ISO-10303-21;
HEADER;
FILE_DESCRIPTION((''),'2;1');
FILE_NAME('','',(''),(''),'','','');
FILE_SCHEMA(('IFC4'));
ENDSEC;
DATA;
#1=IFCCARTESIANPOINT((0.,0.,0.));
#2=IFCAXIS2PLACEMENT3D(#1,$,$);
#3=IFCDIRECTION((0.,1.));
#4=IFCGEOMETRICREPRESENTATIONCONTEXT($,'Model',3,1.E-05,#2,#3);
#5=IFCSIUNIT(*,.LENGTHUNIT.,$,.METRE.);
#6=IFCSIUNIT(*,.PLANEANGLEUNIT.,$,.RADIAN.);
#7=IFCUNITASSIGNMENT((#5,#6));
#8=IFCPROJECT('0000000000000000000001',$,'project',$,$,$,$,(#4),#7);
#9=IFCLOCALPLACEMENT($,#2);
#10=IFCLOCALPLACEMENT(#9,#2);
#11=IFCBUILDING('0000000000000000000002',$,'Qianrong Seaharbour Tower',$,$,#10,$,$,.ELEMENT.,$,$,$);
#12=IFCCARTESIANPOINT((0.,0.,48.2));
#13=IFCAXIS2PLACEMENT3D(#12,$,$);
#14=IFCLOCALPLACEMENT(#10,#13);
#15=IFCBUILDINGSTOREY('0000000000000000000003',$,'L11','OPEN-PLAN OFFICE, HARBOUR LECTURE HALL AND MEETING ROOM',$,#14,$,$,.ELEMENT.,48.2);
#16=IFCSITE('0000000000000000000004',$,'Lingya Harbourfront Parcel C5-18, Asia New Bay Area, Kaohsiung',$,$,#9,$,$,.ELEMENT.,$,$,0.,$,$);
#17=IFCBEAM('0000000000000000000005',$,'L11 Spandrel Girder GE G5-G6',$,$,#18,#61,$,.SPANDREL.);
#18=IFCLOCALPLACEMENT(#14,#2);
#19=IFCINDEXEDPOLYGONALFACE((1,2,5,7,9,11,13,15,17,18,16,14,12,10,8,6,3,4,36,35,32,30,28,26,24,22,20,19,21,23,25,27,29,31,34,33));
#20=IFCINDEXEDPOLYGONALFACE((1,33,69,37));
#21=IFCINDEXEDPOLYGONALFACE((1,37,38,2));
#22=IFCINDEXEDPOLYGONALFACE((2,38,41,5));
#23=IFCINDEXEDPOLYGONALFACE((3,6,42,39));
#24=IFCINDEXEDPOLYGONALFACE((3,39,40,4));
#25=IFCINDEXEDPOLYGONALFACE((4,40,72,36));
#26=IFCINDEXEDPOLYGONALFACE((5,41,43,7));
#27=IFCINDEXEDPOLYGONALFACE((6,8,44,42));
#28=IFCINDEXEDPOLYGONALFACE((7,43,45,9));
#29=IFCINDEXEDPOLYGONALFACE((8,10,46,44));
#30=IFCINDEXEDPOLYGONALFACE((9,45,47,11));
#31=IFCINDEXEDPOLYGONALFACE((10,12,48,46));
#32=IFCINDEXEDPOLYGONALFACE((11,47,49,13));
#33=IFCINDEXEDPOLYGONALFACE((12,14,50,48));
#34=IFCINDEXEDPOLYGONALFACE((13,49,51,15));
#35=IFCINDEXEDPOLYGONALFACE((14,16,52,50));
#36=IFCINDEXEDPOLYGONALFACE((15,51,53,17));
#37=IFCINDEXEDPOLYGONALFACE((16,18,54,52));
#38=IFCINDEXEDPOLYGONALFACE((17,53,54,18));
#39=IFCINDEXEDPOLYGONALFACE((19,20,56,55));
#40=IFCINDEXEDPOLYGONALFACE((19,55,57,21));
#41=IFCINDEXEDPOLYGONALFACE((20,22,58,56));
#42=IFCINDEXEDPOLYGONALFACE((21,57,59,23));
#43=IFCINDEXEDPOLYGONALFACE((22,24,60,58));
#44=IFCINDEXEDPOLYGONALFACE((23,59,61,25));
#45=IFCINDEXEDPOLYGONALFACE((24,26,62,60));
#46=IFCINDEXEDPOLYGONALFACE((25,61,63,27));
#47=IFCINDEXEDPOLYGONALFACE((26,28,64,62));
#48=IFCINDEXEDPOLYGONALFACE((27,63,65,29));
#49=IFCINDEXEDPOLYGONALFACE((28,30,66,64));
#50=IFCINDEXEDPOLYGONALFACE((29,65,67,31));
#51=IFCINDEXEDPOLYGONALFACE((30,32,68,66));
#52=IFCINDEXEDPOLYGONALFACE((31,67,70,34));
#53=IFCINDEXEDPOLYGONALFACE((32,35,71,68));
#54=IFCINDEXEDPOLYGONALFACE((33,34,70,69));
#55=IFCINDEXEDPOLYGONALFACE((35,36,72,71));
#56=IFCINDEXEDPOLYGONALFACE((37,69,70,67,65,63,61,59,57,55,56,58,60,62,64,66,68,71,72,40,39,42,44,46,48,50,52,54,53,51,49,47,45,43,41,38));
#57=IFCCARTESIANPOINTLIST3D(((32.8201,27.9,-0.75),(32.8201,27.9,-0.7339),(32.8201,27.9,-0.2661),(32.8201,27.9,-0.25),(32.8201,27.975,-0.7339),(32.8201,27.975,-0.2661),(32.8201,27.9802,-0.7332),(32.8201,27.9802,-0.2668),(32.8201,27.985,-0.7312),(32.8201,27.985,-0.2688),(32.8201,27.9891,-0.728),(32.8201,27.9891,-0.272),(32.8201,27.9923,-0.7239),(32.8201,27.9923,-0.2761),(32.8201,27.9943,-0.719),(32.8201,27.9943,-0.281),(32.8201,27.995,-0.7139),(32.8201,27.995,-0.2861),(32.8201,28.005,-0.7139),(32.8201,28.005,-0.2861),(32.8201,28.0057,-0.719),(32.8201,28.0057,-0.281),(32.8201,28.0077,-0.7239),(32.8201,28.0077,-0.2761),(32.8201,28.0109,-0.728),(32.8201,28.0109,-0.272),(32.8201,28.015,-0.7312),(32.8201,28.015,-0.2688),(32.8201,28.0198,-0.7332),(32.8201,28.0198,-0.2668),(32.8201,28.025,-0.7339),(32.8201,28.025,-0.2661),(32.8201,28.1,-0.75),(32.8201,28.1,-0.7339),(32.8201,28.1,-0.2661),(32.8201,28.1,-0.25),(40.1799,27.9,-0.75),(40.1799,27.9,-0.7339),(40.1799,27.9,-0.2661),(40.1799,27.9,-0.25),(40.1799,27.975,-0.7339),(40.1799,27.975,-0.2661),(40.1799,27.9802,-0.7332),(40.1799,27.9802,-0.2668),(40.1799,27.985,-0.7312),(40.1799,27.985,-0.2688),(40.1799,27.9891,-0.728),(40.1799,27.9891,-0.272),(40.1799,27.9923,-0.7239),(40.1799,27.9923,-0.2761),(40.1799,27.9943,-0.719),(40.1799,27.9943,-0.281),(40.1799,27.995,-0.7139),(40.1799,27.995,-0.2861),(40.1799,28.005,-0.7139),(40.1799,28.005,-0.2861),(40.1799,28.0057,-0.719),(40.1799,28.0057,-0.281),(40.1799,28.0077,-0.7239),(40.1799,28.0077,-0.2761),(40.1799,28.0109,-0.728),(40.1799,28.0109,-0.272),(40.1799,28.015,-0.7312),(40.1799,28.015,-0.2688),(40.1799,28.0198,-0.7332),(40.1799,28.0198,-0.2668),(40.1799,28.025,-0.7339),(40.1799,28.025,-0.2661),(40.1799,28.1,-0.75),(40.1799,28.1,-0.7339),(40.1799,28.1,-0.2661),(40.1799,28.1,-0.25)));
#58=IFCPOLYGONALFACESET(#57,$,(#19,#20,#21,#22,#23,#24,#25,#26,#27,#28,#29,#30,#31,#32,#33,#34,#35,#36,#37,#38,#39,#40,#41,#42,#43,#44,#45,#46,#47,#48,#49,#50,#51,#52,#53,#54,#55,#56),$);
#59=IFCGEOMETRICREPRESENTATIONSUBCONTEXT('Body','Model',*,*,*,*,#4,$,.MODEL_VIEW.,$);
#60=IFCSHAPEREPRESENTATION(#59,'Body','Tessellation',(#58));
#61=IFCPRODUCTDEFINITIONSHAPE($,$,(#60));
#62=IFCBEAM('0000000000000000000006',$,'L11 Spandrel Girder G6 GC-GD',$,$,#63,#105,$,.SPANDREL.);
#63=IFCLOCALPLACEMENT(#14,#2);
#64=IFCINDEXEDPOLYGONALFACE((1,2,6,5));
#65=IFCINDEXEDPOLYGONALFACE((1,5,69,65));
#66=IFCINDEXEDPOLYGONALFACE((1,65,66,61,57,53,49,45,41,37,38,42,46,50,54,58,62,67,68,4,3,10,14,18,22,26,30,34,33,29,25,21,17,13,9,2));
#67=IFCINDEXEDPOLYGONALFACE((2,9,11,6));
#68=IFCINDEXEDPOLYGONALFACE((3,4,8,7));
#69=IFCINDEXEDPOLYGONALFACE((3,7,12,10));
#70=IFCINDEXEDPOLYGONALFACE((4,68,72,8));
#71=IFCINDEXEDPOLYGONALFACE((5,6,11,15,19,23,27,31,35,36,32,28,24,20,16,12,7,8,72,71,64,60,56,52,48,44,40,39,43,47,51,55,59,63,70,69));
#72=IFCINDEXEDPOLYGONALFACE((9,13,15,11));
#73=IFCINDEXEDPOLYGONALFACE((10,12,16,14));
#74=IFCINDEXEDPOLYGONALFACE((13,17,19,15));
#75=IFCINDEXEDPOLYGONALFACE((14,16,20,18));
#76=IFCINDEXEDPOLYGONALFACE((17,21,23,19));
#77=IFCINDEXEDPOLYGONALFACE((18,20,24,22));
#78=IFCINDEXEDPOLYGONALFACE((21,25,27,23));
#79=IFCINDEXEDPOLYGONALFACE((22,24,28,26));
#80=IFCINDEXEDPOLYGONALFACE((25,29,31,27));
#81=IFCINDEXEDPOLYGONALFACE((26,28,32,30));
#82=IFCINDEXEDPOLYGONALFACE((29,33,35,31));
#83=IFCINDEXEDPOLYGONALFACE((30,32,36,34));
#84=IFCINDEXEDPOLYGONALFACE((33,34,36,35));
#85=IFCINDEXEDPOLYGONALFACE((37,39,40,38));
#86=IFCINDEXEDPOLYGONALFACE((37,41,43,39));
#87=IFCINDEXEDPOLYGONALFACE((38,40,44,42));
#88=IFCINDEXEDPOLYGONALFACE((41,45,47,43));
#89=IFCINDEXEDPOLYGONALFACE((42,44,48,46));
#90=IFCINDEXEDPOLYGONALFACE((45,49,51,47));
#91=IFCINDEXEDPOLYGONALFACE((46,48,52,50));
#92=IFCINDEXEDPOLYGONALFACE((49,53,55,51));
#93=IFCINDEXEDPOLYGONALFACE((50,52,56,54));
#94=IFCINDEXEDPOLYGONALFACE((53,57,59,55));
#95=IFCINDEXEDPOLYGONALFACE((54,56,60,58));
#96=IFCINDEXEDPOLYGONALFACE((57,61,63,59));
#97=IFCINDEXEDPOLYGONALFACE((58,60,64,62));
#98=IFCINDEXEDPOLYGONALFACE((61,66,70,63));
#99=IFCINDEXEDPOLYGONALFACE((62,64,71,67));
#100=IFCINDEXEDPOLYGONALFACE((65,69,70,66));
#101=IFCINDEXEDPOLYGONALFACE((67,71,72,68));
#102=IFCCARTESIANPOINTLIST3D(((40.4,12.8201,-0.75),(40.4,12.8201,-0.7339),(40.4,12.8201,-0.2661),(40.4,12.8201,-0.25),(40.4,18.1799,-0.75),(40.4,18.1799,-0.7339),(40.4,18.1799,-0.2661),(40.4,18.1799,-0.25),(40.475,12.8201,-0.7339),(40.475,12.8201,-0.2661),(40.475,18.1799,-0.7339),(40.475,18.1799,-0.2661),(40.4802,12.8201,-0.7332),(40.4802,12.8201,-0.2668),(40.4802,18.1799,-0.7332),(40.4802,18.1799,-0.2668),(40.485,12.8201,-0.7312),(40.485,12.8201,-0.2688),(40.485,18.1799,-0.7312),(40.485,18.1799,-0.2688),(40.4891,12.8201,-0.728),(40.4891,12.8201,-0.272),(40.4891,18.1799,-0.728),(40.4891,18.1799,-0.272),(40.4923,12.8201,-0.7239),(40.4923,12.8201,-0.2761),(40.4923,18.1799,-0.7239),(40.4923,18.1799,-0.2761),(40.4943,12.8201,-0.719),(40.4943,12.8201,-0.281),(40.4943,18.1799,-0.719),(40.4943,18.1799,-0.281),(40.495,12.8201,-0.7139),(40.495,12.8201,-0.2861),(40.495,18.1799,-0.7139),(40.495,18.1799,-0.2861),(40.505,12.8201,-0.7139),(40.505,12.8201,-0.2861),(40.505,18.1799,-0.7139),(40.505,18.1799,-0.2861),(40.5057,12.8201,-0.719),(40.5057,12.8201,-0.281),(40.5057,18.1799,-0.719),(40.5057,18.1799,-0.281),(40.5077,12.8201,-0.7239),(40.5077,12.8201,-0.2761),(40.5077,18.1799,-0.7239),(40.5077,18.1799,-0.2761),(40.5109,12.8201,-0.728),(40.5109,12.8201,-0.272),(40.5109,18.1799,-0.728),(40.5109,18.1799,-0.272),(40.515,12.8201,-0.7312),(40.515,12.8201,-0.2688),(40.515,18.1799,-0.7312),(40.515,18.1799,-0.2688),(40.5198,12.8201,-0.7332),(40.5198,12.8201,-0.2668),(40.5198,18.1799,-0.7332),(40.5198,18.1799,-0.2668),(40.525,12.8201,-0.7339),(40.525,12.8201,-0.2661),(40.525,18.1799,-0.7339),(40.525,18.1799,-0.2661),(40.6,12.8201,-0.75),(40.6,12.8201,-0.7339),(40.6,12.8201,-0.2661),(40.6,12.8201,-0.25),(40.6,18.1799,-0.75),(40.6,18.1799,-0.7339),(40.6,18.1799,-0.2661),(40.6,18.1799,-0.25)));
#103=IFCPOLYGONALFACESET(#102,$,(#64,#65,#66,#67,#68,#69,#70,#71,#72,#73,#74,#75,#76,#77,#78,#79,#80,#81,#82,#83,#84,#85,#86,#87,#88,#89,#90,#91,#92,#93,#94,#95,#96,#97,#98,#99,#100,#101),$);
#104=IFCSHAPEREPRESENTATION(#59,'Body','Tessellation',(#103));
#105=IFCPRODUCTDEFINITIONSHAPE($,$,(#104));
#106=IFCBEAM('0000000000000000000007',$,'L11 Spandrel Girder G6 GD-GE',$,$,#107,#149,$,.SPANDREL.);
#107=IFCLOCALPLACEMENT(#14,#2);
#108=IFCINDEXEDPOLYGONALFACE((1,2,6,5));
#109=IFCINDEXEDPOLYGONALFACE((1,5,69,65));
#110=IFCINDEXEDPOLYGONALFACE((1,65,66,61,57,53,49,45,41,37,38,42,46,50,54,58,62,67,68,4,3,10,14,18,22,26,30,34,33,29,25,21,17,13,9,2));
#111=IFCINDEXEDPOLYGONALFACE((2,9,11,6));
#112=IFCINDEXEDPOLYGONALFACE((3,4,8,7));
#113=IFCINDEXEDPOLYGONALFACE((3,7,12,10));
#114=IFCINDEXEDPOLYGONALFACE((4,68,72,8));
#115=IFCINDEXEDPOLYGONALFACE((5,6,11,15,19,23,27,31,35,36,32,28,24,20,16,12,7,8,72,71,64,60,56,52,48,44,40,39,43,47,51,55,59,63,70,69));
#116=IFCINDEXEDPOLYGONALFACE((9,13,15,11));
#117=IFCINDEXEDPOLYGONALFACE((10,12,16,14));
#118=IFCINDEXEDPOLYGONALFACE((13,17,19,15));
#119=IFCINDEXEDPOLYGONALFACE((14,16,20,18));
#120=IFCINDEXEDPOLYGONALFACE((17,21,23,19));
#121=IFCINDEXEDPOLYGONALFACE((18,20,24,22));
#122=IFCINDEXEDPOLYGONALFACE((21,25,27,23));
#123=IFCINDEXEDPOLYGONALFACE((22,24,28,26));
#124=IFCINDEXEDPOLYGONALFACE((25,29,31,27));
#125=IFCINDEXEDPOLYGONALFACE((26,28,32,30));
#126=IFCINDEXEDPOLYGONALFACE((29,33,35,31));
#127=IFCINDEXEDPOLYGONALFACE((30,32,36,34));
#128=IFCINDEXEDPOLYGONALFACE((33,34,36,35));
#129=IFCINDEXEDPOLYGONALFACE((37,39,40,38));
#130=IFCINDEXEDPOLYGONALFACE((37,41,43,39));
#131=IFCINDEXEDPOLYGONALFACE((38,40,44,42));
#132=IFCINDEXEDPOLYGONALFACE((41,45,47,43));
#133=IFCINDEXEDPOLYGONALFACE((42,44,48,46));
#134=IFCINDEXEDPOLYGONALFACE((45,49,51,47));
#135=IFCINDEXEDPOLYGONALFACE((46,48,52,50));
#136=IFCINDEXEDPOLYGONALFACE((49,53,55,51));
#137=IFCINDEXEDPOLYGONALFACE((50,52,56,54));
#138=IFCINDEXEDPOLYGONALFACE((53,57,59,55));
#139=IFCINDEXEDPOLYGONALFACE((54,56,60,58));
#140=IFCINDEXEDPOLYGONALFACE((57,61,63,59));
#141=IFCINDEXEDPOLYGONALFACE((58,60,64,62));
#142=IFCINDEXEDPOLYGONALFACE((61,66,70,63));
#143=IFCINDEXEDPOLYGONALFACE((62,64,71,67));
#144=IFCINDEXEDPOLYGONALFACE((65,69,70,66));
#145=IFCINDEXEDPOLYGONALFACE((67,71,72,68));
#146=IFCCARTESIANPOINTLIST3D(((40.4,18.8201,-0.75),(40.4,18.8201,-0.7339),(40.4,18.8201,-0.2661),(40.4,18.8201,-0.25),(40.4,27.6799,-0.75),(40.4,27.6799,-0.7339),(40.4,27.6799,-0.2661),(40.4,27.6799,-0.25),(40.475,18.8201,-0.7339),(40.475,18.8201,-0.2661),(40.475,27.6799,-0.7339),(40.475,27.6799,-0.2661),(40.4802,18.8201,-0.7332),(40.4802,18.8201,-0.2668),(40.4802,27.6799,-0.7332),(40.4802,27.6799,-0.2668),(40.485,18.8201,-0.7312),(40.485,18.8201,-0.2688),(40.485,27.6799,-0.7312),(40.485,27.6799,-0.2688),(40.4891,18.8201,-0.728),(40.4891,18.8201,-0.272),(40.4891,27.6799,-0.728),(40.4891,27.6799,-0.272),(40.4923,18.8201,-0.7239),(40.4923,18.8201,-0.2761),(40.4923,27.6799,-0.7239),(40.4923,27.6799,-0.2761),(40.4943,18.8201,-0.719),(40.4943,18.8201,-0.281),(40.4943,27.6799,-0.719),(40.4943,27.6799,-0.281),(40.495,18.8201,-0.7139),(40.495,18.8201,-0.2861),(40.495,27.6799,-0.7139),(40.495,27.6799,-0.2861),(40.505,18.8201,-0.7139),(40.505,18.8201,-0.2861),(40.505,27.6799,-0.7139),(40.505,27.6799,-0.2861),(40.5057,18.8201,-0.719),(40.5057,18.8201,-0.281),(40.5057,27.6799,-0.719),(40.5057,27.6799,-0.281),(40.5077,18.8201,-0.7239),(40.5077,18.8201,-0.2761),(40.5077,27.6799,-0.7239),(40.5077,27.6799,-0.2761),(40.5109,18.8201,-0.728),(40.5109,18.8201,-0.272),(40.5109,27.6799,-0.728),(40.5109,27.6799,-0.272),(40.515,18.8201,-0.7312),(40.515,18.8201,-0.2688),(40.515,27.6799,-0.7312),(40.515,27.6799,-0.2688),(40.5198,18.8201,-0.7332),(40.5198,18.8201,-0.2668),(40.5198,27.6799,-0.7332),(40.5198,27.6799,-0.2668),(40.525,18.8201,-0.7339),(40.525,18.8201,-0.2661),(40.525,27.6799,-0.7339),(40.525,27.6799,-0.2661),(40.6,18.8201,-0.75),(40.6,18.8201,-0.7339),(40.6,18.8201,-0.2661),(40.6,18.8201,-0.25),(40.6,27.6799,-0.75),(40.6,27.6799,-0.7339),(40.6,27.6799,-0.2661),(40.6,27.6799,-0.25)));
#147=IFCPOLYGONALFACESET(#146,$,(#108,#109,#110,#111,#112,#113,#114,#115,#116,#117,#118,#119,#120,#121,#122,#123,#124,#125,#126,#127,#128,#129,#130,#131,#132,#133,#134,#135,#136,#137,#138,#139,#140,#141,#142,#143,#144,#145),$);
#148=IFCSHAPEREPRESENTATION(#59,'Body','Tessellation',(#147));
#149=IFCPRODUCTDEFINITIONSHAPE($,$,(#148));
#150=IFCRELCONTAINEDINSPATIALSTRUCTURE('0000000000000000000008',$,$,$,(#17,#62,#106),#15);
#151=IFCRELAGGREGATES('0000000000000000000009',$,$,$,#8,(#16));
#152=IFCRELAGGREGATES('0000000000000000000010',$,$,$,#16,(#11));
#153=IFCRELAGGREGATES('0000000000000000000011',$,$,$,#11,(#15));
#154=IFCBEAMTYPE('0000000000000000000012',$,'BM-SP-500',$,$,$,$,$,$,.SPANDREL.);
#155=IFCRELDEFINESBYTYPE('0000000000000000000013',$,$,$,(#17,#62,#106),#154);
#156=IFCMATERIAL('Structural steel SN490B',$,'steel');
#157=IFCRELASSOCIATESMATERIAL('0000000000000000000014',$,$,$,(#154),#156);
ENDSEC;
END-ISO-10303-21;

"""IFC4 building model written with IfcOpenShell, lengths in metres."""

from ifc_helpers import new_model, si_unit, direction, frame, origin, origin_2d, place, context, subcontext, project, spatial, i_section, extrude, material, material_profile, profile_set, type_object, element, save


model = new_model("IFC4")

# Units and contexts
model_context = context("Model", 3, precision=1e-05, world=origin(), true_north=direction((0.0, 1.0)))
body_context = subcontext(model_context, "Body", "Model", "MODEL_VIEW")
ifc_project = project(units=[si_unit("LENGTHUNIT", "METRE"), si_unit("PLANEANGLEUNIT", "RADIAN")], contexts=[model_context])

# Site, building, storey
site_placement = place(None, origin())
site = spatial("IfcSite", under=ifc_project, at=site_placement, Name="Lingya Harbourfront Parcel C5-18, Asia New Bay Area, Kaohsiung", CompositionType="ELEMENT", RefElevation=0.0)
building_placement = place(site_placement, origin())
building = spatial("IfcBuilding", under=site, at=building_placement, Name="Qianrong Seaharbour Tower", CompositionType="ELEMENT")
storey_placement = place(building_placement, frame((0.0, 0.0, 48.2)))
storey = spatial("IfcBuildingStorey", under=building, at=storey_placement, Name="L11", Description="OPEN-PLAN OFFICE, HARBOUR LECTURE HALL AND MEETING ROOM", CompositionType="ELEMENT", Elevation=48.2)

# Shared definitions
ifc_material_1 = material(Name="Structural steel SN490B", Category="steel")

# Beams
ifc_material_profile_1 = material_profile(ifc_material_1, i_section(OverallWidth=0.2, OverallDepth=0.5, WebThickness=0.01, FlangeThickness=0.0161, FilletRadius=0.02, at=origin_2d()), Name="H500x200x10x16")
ifc_profile_set_1 = profile_set([ifc_material_profile_1], Name="Structural steel SN490B")
beam_type_1 = type_object("IfcBeamType", Name="BM-SP-500", PredefinedType="SPANDREL", material=ifc_profile_set_1)
for number, where, z_axis, x_axis, name in (
    (1, (32.8201, 28.0, -0.5), (1.0, 0.0, 0.0), (0.0, 1.0, 0.0), "L11 Spandrel Girder GE G5-G6"),
):
    element("IfcBeam", number, at=place(storey_placement, frame(where, z_axis=z_axis, x_axis=x_axis)), inside=storey, type_object=beam_type_1, Name=name, PredefinedType="SPANDREL", context=body_context, shape_type="SweptSolid", body=[
        extrude(i_section(OverallWidth=0.2, OverallDepth=0.5, WebThickness=0.01, FlangeThickness=0.0161, FilletRadius=0.02, at=origin_2d()), origin(), (0.0, 0.0, 1.0), 7.3599),
    ])
beam_1_placement = place(storey_placement, frame((40.5, 12.8201, -0.5), z_axis=(0.0, 1.0, 0.0), x_axis=(-1.0, 0.0, 0.0)))
element("IfcBeam", 2, at=beam_1_placement, inside=storey, type_object=beam_type_1, Name="L11 Spandrel Girder G6 GC-GD", PredefinedType="SPANDREL", context=body_context, shape_type="SweptSolid", body=[
    extrude(i_section(OverallWidth=0.2, OverallDepth=0.5, WebThickness=0.01, FlangeThickness=0.0161, FilletRadius=0.02, at=origin_2d()), origin(), (0.0, 0.0, 1.0), 5.3599),
])
beam_2_placement = place(storey_placement, frame((40.5, 18.8201, -0.5), z_axis=(0.0, 1.0, 0.0), x_axis=(-1.0, 0.0, 0.0)))
element("IfcBeam", 3, at=beam_2_placement, inside=storey, type_object=beam_type_1, Name="L11 Spandrel Girder G6 GD-GE", PredefinedType="SPANDREL", context=body_context, shape_type="SweptSolid", body=[
    extrude(i_section(OverallWidth=0.2, OverallDepth=0.5, WebThickness=0.01, FlangeThickness=0.0161, FilletRadius=0.02, at=origin_2d()), origin(), (0.0, 0.0, 1.0), 8.8599),
])

save(model, "model.ifc")
